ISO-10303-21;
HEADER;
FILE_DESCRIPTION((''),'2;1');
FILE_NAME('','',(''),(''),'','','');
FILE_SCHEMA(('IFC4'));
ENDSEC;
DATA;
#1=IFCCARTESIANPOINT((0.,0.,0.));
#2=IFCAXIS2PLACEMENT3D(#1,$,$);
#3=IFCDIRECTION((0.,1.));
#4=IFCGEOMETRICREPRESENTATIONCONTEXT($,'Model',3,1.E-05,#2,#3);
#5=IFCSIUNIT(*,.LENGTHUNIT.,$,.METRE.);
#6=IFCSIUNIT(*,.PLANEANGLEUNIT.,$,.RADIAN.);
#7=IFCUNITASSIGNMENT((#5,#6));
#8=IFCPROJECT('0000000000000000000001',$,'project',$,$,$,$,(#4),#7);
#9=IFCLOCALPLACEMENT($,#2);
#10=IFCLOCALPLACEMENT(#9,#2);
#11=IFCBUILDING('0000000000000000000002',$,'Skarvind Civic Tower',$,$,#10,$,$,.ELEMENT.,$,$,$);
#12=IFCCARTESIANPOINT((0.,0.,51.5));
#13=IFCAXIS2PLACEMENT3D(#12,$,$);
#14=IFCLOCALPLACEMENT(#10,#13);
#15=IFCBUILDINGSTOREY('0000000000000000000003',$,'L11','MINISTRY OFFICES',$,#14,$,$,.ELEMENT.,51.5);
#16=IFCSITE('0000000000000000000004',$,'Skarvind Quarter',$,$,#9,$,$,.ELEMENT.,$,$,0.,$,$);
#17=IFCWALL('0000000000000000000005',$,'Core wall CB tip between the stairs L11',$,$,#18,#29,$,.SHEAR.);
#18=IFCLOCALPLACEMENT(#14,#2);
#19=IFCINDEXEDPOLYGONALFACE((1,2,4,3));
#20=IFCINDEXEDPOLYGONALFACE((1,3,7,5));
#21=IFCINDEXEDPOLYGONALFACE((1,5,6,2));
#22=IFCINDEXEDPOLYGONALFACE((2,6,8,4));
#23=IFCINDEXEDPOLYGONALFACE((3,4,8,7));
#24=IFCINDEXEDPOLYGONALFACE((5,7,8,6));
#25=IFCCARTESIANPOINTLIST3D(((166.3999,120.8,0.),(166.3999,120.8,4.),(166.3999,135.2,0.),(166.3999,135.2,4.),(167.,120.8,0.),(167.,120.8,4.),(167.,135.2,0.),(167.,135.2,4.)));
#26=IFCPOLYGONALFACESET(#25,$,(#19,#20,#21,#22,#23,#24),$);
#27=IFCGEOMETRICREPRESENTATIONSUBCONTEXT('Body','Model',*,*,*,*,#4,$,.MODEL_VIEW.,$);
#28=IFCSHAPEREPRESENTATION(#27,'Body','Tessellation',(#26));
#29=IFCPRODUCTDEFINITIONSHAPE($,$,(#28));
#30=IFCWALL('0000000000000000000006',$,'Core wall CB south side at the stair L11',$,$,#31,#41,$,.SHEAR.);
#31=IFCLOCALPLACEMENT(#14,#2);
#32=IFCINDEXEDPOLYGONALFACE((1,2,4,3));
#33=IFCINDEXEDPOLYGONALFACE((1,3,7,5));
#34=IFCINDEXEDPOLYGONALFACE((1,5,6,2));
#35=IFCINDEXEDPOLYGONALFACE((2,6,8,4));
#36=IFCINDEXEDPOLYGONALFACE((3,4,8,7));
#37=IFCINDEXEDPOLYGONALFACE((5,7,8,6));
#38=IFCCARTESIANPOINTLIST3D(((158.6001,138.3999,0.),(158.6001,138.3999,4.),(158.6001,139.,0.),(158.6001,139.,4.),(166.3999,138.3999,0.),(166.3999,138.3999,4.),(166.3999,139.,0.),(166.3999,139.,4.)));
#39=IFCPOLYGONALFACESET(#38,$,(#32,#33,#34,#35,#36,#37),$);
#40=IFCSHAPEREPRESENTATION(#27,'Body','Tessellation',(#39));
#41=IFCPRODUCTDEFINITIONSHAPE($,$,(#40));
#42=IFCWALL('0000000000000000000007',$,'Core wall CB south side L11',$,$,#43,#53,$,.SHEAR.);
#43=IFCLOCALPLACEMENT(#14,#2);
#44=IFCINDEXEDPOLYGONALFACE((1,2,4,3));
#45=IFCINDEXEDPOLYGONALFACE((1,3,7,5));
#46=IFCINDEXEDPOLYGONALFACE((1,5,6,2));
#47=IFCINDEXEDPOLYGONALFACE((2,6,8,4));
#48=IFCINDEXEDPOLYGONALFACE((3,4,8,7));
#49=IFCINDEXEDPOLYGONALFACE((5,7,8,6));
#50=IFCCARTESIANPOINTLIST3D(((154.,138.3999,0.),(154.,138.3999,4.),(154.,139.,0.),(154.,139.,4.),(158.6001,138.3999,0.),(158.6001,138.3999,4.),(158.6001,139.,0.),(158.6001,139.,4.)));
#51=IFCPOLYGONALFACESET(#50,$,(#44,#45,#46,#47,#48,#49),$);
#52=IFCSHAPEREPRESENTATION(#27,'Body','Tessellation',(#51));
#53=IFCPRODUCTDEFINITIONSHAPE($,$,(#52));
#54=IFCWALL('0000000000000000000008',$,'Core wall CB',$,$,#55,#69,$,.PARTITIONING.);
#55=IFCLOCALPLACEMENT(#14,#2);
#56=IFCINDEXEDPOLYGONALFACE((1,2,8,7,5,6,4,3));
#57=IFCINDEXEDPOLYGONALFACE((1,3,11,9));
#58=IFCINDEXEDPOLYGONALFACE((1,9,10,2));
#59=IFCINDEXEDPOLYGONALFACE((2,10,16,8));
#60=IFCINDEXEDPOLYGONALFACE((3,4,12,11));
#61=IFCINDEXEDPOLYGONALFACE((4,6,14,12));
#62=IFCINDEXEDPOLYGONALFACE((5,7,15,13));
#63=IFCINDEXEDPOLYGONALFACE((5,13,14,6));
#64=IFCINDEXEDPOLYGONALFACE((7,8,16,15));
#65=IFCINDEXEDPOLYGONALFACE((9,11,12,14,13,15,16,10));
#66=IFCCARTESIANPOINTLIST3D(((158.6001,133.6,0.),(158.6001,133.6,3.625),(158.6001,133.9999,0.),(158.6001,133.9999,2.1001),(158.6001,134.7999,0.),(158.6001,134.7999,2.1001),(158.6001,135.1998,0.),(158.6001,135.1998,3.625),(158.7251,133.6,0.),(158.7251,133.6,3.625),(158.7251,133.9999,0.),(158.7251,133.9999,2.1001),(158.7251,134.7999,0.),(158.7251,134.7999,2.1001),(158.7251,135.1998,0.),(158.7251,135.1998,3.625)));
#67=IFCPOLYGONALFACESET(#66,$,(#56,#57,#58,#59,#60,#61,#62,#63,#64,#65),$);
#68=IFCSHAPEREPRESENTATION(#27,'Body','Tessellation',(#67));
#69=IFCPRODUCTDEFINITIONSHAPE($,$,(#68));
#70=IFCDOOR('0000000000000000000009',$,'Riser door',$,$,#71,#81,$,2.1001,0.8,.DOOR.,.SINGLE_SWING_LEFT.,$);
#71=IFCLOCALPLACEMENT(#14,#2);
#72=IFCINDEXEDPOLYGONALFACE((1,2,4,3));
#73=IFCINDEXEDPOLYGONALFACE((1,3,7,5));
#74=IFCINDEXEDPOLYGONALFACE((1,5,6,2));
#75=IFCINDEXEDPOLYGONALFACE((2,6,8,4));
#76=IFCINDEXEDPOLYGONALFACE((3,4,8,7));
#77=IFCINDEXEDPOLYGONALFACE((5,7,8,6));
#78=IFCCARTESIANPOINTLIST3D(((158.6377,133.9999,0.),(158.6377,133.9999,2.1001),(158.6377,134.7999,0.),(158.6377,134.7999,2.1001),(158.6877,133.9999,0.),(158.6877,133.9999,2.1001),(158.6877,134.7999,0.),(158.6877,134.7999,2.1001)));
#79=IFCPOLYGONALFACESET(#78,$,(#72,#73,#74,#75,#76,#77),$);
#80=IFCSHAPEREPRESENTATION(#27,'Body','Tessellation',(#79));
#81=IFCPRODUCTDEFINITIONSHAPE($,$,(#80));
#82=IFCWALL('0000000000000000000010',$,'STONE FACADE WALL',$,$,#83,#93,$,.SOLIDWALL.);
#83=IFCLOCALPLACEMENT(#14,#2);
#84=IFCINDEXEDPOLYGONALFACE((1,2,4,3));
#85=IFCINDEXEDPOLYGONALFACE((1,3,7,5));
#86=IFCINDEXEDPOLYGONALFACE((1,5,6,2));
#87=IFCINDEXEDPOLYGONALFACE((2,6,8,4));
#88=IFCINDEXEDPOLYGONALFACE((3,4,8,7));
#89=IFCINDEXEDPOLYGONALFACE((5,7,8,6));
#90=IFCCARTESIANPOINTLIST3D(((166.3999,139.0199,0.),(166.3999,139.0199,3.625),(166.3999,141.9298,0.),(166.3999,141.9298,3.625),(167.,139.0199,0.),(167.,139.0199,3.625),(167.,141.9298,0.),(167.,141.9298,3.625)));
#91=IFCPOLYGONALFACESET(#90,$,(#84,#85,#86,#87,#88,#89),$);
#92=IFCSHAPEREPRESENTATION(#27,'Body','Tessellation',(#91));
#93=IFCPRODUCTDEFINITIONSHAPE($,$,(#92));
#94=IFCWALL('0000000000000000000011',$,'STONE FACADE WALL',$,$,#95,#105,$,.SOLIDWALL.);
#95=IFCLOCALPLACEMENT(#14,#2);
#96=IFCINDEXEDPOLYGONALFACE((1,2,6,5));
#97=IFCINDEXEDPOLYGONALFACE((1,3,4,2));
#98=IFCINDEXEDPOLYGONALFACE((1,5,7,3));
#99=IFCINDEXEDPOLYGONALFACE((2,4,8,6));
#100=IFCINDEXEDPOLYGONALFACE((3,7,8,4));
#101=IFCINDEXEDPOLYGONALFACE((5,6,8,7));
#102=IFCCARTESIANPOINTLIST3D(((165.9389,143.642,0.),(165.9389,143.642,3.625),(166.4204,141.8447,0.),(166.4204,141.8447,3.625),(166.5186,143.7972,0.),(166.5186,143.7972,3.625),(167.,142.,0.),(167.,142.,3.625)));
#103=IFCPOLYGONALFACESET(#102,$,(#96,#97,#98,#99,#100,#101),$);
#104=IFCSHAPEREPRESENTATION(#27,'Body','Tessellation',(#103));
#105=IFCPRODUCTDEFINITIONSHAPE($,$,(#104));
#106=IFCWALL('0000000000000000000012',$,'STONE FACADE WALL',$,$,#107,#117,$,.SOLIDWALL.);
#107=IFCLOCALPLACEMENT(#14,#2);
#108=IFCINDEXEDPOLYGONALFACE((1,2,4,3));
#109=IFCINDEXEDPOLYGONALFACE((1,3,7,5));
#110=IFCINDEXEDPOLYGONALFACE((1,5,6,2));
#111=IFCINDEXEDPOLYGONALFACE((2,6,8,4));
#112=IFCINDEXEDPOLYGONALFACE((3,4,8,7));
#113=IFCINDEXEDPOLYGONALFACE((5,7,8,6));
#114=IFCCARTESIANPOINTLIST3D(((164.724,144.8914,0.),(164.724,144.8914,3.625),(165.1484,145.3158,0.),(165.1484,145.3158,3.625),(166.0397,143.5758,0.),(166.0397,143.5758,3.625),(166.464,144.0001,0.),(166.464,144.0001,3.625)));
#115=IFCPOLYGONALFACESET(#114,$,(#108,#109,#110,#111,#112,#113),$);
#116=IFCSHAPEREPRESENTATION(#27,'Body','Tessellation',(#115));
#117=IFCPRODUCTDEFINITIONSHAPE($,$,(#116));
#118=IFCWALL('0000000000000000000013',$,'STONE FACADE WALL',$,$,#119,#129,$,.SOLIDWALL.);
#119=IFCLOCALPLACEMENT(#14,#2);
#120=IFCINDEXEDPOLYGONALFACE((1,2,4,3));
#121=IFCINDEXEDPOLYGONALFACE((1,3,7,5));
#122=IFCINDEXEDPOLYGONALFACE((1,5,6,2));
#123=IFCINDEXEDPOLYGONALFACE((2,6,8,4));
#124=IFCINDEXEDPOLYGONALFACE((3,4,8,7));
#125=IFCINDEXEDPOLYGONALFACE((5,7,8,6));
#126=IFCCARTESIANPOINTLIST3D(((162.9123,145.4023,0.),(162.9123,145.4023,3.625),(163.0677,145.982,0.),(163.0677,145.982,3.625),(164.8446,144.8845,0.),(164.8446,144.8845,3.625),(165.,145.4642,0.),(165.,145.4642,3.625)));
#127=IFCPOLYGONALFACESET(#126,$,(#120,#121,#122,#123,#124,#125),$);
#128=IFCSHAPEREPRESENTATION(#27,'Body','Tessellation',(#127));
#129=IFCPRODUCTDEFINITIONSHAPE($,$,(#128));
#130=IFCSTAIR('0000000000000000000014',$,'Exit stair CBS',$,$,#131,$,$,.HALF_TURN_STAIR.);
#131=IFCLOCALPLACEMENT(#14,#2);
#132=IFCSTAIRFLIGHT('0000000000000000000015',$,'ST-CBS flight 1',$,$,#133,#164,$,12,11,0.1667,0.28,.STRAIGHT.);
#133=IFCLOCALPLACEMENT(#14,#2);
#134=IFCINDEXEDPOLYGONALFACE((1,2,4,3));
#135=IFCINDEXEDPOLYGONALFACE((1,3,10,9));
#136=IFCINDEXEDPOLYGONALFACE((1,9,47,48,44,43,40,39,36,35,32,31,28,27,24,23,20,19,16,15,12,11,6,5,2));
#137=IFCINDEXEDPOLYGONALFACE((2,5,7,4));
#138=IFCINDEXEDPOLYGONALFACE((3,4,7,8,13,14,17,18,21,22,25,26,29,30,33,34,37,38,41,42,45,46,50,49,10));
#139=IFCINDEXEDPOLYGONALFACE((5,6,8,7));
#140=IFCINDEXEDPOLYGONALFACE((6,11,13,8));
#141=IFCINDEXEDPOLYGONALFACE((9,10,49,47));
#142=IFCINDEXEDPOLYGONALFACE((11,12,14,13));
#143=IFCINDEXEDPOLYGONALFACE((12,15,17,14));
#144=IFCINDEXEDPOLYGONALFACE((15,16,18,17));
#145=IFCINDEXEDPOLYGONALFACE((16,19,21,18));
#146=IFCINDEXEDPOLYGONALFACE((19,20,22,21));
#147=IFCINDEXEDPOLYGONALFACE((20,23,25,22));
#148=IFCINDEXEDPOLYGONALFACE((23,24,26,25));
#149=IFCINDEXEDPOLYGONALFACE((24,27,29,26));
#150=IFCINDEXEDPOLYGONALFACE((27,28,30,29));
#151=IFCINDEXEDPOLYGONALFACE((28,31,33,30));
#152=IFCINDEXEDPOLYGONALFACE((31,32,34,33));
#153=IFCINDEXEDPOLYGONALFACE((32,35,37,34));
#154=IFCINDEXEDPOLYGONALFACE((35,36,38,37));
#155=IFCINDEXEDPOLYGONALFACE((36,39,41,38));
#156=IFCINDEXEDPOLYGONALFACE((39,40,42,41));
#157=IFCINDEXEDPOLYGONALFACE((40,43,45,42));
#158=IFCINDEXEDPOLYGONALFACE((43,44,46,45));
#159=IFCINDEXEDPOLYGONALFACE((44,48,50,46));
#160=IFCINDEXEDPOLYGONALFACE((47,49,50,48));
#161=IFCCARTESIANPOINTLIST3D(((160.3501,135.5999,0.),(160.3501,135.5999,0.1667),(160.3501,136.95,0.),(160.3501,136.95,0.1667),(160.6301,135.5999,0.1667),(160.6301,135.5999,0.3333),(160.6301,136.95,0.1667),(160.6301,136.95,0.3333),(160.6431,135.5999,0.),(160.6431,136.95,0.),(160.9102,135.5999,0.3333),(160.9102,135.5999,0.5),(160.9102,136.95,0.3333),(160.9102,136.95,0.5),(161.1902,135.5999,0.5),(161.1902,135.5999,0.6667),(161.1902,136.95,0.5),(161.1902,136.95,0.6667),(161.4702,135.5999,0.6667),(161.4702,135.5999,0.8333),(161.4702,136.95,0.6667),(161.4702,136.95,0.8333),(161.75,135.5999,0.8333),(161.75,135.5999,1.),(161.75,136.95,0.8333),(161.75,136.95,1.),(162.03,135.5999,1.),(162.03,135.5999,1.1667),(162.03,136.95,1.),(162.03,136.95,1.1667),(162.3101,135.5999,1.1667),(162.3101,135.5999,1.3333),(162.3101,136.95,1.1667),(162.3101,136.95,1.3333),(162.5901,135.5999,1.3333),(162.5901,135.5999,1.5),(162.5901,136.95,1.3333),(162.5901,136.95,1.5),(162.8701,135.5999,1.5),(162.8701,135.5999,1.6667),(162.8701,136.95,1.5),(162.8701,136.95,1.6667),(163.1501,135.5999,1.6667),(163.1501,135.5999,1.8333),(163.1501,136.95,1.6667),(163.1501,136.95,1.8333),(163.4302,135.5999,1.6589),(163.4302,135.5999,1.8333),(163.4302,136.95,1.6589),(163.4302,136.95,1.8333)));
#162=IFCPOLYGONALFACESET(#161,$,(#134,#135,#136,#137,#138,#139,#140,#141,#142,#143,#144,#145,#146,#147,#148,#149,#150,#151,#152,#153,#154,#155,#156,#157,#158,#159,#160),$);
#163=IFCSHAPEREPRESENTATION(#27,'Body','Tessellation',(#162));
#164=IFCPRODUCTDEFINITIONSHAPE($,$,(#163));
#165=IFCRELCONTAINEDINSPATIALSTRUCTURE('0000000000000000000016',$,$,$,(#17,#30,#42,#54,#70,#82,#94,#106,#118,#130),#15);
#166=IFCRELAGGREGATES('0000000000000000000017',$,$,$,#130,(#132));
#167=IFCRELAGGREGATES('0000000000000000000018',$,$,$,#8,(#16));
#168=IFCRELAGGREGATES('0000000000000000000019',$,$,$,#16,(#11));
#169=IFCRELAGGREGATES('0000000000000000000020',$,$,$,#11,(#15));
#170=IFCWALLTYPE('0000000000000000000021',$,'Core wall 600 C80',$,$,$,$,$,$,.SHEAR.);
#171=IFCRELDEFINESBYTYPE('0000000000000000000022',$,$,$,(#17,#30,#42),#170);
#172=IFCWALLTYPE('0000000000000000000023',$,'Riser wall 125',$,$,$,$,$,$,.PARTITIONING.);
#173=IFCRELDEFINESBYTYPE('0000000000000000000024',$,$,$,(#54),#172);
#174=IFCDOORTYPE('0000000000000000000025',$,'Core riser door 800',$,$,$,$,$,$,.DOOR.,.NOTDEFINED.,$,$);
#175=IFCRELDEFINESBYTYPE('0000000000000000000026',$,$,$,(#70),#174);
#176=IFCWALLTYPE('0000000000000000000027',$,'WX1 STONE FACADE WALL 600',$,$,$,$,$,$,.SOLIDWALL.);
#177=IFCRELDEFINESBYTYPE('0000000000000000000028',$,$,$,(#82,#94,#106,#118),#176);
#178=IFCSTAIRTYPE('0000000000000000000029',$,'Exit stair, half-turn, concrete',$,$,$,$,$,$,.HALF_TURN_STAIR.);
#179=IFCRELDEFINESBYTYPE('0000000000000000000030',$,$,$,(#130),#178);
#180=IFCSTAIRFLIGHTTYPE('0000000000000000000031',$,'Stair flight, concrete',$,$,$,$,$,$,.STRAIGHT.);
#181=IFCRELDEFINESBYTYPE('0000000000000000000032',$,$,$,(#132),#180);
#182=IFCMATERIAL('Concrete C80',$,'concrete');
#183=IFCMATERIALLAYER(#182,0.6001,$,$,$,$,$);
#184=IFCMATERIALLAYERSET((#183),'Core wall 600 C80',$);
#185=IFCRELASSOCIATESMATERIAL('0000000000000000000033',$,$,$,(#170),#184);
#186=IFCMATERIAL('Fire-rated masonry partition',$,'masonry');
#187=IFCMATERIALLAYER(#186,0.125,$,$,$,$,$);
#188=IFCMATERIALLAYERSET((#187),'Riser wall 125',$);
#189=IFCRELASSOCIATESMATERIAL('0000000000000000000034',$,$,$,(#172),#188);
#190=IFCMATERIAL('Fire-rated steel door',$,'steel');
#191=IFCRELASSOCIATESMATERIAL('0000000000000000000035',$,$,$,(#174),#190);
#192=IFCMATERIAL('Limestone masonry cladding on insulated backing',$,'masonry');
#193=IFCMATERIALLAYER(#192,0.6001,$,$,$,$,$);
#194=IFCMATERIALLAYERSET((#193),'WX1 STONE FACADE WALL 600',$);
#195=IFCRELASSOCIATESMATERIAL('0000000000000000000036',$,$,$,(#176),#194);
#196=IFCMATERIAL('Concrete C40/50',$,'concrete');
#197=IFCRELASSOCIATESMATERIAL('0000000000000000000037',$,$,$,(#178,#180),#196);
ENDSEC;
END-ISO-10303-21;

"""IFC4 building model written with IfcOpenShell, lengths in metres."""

from ifc_helpers import new_model, si_unit, direction, frame, frame_2d, origin, place, context, subcontext, project, spatial, polyline, rectangle, outline, extrude, material, layer, layer_set, type_object, element, fill, aggregate, save


model = new_model("IFC4")

# Units and contexts
model_context = context("Model", 3, precision=1e-05, world=origin(), true_north=direction((0.0, 1.0)))
body_context = subcontext(model_context, "Body", "Model", "MODEL_VIEW")
ifc_project = project(units=[si_unit("LENGTHUNIT", "METRE"), si_unit("PLANEANGLEUNIT", "RADIAN")], contexts=[model_context])

# Site, building, storey
site_placement = place(None, origin())
site = spatial("IfcSite", under=ifc_project, at=site_placement, Name="Skarvind Quarter", CompositionType="ELEMENT", RefElevation=0.0)
building_placement = place(site_placement, origin())
building = spatial("IfcBuilding", under=site, at=building_placement, Name="Skarvind Civic Tower", CompositionType="ELEMENT")
storey_placement = place(building_placement, frame((0.0, 0.0, 51.5)))
storey = spatial("IfcBuildingStorey", under=building, at=storey_placement, Name="L11", Description="MINISTRY OFFICES", CompositionType="ELEMENT", Elevation=51.5)

# Shared definitions
ifc_material_1 = material(Name="Fire-rated masonry partition", Category="masonry")
ifc_material_2 = material(Name="Fire-rated steel door", Category="steel")

# Shared definitions
ifc_material_3 = material(Name="Concrete C80", Category="concrete")

# Walls
ifc_layer_1 = layer(ifc_material_3, 0.6001)
ifc_layer_set_1 = layer_set([ifc_layer_1], Name="Core wall 600 C80")
wall_type_1 = type_object("IfcWallType", Name="Core wall 600 C80", PredefinedType="SHEAR", material=ifc_layer_set_1)
wall_1_placement = place(storey_placement, frame((166.7, 135.2, 0.0), z_axis=(0.0, 0.0, 1.0), x_axis=(0.0, -1.0, 0.0)))
element("IfcWall", 1, at=wall_1_placement, inside=storey, type_object=wall_type_1, Name="Core wall CB tip between the stairs L11", PredefinedType="SHEAR", context=body_context, shape_type="SweptSolid", body=[
    extrude(rectangle(XDim=14.3999, YDim=0.6001, at=frame_2d((7.2, 0.0))), origin(), (0.0, 0.0, 1.0), 4.0),
])
wall_2_placement = place(storey_placement, frame((166.3999, 138.7, 0.0), z_axis=(0.0, 0.0, 1.0), x_axis=(-1.0, 0.0, 0.0)))
element("IfcWall", 2, at=wall_2_placement, inside=storey, type_object=wall_type_1, Name="Core wall CB south side at the stair L11", PredefinedType="SHEAR", context=body_context, shape_type="SweptSolid", body=[
    extrude(rectangle(XDim=7.7998, YDim=0.6001, at=frame_2d((3.8999, 0.0))), origin(), (0.0, 0.0, 1.0), 4.0),
])
wall_3_placement = place(storey_placement, frame((158.6001, 138.7, 0.0), z_axis=(0.0, 0.0, 1.0), x_axis=(-1.0, 0.0, 0.0)))
element("IfcWall", 3, at=wall_3_placement, inside=storey, type_object=wall_type_1, Name="Core wall CB south side L11", PredefinedType="SHEAR", context=body_context, shape_type="SweptSolid", body=[
    extrude(rectangle(XDim=4.6001, YDim=0.6001, at=frame_2d((2.3, 0.0))), origin(), (0.0, 0.0, 1.0), 4.0),
])

# Wall, opening, door
ifc_layer_2 = layer(ifc_material_1, 0.125)
ifc_layer_set_2 = layer_set([ifc_layer_2], Name="Riser wall 125")
wall_type_2 = type_object("IfcWallType", Name="Riser wall 125", PredefinedType="PARTITIONING", material=ifc_layer_set_2)
wall_4_placement = place(storey_placement, frame((158.6626, 133.6001, 0.0), z_axis=(0.0, 0.0, 1.0), x_axis=(0.0, 1.0, 0.0)))
wall_4 = element("IfcWall", 4, at=wall_4_placement, inside=storey, type_object=wall_type_2, Name="Core wall CB", PredefinedType="PARTITIONING", context=body_context, shape_type="SweptSolid", body=[
    extrude(rectangle(XDim=1.5999, YDim=0.125, at=frame_2d((0.7998, 0.0))), origin(), (0.0, 0.0, 1.0), 3.625),
])
opening_1_placement = place(wall_4_placement, frame((0.3999, 0.0, 0.0)))
opening_1 = element("IfcOpeningElement", 5, at=opening_1_placement, cuts=wall_4, PredefinedType="OPENING", context=body_context, shape_type="SweptSolid", body=[
    extrude(rectangle(XDim=0.8, YDim=2.1001, at=frame_2d((0.3999, 1.05))), frame((0.0, 0.0725, 0.0), z_axis=(0.0, -1.0, 0.0), x_axis=(1.0, 0.0, 0.0)), (0.0, 0.0, 1.0), 0.145),
])
door_type_1 = type_object("IfcDoorType", Name="Core riser door 800", OperationType="NOTDEFINED", PredefinedType="DOOR", material=ifc_material_2)
door_1_placement = place(opening_1_placement, origin())
door_1 = element("IfcDoor", 6, at=door_1_placement, inside=storey, type_object=door_type_1, Name="Riser door", OperationType="SINGLE_SWING_LEFT", OverallHeight=2.1001, OverallWidth=0.8, PredefinedType="DOOR", context=body_context, shape_type="SweptSolid", body=[
    extrude(rectangle(XDim=0.8, YDim=2.1001, at=frame_2d((0.3999, 1.05))), frame((0.0, 0.0249, 0.0), z_axis=(0.0, -1.0, 0.0), x_axis=(1.0, 0.0, 0.0)), (0.0, 0.0, 1.0), 0.05),
])
fill(opening_1, door_1)

# Walls
ifc_material_4 = material(Name="Limestone masonry cladding on insulated backing", Category="masonry")
ifc_layer_3 = layer(ifc_material_4, 0.6001)
ifc_layer_set_3 = layer_set([ifc_layer_3], Name="WX1 STONE FACADE WALL 600")
wall_type_3 = type_object("IfcWallType", Name="WX1 STONE FACADE WALL 600", PredefinedType="SOLIDWALL", material=ifc_layer_set_3)
wall_5_placement = place(storey_placement, frame((166.7, 141.9299, 0.0), z_axis=(0.0, 0.0, 1.0), x_axis=(0.0, -1.0, 0.0)))
element("IfcWall", 7, at=wall_5_placement, inside=storey, type_object=wall_type_3, Name="STONE FACADE WALL", PredefinedType="SOLIDWALL", context=body_context, shape_type="SweptSolid", body=[
    extrude(rectangle(XDim=2.9099, YDim=0.6001, at=frame_2d((1.4551, 0.0))), origin(), (0.0, 0.0, 1.0), 3.625),
])
for number, where, z_axis, x_axis, name in (
    (8, (166.2288, 143.7195, 0.0), (0.0, 0.0, 1.0), (0.258773, -0.965938, 0.0), "STONE FACADE WALL"),
    (9, (164.9363, 145.1035, 0.0), (0.0, 0.0, 1.0), (0.707107, -0.707107, 0.0), "STONE FACADE WALL"),
):
    element("IfcWall", number, at=place(storey_placement, frame(where, z_axis=z_axis, x_axis=x_axis)), inside=storey, type_object=wall_type_3, Name=name, PredefinedType="SOLIDWALL", context=body_context, shape_type="SweptSolid", body=[
        extrude(rectangle(XDim=1.8606, YDim=0.6001, at=frame_2d((0.9302, 0.0))), origin(), (0.0, 0.0, 1.0), 3.625),
    ])
wall_6_placement = place(storey_placement, frame((162.99, 145.6921, 0.0), z_axis=(0.0, 0.0, 1.0), x_axis=(0.96592, -0.25884, 0.0)))
element("IfcWall", 10, at=wall_6_placement, inside=storey, type_object=wall_type_3, Name="STONE FACADE WALL", PredefinedType="SOLIDWALL", context=body_context, shape_type="SweptSolid", body=[
    extrude(rectangle(XDim=2.0005, YDim=0.6001, at=frame_2d((1.0002, 0.0))), origin(), (0.0, 0.0, 1.0), 3.625),
])

# Stair, stair flight
ifc_material_5 = material(Name="Concrete C40/50", Category="concrete")
stair_type = type_object("IfcStairType", Name="Exit stair, half-turn, concrete", PredefinedType="HALF_TURN_STAIR", material=ifc_material_5)
stair_placement = place(storey_placement, origin())
stair = element("IfcStair", 11, at=stair_placement, inside=storey, type_object=stair_type, Name="Exit stair CBS", PredefinedType="HALF_TURN_STAIR")
stair_flight_type = type_object("IfcStairFlightType", Name="Stair flight, concrete", PredefinedType="STRAIGHT", material=ifc_material_5)
stair_flight_1_placement = place(storey_placement, frame((160.3501, 136.2749, 0.0), z_axis=(0.0, 0.0, 1.0), x_axis=(1.0, 0.0, 0.0)))
stair_flight_1 = element("IfcStairFlight", 12, at=stair_flight_1_placement, type_object=stair_flight_type, Name="ST-CBS flight 1", NumberOfRisers=12, NumberOfTreads=11, PredefinedType="STRAIGHT", RiserHeight=0.1667, TreadLength=0.28, context=body_context, shape_type="SweptSolid", body=[
    extrude(outline(polyline([(0.0, 0.0), (0.0, 0.1667), (0.28, 0.1667), (0.28, 0.3333), (0.5601, 0.3333), (0.5601, 0.5), (0.8401, 0.5), (0.8401, 0.6667), (1.1201, 0.6667), (1.1201, 0.8333), (1.3999, 0.8333), (1.3999, 1.0), (1.6799, 1.0), (1.6799, 1.1667), (1.96, 1.1667), (1.96, 1.3333), (2.24, 1.3333), (2.24, 1.5), (2.52, 1.5), (2.52, 1.6667), (2.8, 1.6667), (2.8, 1.8333), (3.0801, 1.8333), (3.0801, 2.0), (3.0801, 1.6589), (0.293, 0.0), (0.0, 0.0)])), frame((0.0, 0.675, 0.0), z_axis=(0.0, -1.0, 0.0), x_axis=(1.0, 0.0, 0.0)), (0.0, 0.0, 1.0), 1.3501),
])
aggregate(stair, [stair_flight_1])

save(model, "model.ifc")
